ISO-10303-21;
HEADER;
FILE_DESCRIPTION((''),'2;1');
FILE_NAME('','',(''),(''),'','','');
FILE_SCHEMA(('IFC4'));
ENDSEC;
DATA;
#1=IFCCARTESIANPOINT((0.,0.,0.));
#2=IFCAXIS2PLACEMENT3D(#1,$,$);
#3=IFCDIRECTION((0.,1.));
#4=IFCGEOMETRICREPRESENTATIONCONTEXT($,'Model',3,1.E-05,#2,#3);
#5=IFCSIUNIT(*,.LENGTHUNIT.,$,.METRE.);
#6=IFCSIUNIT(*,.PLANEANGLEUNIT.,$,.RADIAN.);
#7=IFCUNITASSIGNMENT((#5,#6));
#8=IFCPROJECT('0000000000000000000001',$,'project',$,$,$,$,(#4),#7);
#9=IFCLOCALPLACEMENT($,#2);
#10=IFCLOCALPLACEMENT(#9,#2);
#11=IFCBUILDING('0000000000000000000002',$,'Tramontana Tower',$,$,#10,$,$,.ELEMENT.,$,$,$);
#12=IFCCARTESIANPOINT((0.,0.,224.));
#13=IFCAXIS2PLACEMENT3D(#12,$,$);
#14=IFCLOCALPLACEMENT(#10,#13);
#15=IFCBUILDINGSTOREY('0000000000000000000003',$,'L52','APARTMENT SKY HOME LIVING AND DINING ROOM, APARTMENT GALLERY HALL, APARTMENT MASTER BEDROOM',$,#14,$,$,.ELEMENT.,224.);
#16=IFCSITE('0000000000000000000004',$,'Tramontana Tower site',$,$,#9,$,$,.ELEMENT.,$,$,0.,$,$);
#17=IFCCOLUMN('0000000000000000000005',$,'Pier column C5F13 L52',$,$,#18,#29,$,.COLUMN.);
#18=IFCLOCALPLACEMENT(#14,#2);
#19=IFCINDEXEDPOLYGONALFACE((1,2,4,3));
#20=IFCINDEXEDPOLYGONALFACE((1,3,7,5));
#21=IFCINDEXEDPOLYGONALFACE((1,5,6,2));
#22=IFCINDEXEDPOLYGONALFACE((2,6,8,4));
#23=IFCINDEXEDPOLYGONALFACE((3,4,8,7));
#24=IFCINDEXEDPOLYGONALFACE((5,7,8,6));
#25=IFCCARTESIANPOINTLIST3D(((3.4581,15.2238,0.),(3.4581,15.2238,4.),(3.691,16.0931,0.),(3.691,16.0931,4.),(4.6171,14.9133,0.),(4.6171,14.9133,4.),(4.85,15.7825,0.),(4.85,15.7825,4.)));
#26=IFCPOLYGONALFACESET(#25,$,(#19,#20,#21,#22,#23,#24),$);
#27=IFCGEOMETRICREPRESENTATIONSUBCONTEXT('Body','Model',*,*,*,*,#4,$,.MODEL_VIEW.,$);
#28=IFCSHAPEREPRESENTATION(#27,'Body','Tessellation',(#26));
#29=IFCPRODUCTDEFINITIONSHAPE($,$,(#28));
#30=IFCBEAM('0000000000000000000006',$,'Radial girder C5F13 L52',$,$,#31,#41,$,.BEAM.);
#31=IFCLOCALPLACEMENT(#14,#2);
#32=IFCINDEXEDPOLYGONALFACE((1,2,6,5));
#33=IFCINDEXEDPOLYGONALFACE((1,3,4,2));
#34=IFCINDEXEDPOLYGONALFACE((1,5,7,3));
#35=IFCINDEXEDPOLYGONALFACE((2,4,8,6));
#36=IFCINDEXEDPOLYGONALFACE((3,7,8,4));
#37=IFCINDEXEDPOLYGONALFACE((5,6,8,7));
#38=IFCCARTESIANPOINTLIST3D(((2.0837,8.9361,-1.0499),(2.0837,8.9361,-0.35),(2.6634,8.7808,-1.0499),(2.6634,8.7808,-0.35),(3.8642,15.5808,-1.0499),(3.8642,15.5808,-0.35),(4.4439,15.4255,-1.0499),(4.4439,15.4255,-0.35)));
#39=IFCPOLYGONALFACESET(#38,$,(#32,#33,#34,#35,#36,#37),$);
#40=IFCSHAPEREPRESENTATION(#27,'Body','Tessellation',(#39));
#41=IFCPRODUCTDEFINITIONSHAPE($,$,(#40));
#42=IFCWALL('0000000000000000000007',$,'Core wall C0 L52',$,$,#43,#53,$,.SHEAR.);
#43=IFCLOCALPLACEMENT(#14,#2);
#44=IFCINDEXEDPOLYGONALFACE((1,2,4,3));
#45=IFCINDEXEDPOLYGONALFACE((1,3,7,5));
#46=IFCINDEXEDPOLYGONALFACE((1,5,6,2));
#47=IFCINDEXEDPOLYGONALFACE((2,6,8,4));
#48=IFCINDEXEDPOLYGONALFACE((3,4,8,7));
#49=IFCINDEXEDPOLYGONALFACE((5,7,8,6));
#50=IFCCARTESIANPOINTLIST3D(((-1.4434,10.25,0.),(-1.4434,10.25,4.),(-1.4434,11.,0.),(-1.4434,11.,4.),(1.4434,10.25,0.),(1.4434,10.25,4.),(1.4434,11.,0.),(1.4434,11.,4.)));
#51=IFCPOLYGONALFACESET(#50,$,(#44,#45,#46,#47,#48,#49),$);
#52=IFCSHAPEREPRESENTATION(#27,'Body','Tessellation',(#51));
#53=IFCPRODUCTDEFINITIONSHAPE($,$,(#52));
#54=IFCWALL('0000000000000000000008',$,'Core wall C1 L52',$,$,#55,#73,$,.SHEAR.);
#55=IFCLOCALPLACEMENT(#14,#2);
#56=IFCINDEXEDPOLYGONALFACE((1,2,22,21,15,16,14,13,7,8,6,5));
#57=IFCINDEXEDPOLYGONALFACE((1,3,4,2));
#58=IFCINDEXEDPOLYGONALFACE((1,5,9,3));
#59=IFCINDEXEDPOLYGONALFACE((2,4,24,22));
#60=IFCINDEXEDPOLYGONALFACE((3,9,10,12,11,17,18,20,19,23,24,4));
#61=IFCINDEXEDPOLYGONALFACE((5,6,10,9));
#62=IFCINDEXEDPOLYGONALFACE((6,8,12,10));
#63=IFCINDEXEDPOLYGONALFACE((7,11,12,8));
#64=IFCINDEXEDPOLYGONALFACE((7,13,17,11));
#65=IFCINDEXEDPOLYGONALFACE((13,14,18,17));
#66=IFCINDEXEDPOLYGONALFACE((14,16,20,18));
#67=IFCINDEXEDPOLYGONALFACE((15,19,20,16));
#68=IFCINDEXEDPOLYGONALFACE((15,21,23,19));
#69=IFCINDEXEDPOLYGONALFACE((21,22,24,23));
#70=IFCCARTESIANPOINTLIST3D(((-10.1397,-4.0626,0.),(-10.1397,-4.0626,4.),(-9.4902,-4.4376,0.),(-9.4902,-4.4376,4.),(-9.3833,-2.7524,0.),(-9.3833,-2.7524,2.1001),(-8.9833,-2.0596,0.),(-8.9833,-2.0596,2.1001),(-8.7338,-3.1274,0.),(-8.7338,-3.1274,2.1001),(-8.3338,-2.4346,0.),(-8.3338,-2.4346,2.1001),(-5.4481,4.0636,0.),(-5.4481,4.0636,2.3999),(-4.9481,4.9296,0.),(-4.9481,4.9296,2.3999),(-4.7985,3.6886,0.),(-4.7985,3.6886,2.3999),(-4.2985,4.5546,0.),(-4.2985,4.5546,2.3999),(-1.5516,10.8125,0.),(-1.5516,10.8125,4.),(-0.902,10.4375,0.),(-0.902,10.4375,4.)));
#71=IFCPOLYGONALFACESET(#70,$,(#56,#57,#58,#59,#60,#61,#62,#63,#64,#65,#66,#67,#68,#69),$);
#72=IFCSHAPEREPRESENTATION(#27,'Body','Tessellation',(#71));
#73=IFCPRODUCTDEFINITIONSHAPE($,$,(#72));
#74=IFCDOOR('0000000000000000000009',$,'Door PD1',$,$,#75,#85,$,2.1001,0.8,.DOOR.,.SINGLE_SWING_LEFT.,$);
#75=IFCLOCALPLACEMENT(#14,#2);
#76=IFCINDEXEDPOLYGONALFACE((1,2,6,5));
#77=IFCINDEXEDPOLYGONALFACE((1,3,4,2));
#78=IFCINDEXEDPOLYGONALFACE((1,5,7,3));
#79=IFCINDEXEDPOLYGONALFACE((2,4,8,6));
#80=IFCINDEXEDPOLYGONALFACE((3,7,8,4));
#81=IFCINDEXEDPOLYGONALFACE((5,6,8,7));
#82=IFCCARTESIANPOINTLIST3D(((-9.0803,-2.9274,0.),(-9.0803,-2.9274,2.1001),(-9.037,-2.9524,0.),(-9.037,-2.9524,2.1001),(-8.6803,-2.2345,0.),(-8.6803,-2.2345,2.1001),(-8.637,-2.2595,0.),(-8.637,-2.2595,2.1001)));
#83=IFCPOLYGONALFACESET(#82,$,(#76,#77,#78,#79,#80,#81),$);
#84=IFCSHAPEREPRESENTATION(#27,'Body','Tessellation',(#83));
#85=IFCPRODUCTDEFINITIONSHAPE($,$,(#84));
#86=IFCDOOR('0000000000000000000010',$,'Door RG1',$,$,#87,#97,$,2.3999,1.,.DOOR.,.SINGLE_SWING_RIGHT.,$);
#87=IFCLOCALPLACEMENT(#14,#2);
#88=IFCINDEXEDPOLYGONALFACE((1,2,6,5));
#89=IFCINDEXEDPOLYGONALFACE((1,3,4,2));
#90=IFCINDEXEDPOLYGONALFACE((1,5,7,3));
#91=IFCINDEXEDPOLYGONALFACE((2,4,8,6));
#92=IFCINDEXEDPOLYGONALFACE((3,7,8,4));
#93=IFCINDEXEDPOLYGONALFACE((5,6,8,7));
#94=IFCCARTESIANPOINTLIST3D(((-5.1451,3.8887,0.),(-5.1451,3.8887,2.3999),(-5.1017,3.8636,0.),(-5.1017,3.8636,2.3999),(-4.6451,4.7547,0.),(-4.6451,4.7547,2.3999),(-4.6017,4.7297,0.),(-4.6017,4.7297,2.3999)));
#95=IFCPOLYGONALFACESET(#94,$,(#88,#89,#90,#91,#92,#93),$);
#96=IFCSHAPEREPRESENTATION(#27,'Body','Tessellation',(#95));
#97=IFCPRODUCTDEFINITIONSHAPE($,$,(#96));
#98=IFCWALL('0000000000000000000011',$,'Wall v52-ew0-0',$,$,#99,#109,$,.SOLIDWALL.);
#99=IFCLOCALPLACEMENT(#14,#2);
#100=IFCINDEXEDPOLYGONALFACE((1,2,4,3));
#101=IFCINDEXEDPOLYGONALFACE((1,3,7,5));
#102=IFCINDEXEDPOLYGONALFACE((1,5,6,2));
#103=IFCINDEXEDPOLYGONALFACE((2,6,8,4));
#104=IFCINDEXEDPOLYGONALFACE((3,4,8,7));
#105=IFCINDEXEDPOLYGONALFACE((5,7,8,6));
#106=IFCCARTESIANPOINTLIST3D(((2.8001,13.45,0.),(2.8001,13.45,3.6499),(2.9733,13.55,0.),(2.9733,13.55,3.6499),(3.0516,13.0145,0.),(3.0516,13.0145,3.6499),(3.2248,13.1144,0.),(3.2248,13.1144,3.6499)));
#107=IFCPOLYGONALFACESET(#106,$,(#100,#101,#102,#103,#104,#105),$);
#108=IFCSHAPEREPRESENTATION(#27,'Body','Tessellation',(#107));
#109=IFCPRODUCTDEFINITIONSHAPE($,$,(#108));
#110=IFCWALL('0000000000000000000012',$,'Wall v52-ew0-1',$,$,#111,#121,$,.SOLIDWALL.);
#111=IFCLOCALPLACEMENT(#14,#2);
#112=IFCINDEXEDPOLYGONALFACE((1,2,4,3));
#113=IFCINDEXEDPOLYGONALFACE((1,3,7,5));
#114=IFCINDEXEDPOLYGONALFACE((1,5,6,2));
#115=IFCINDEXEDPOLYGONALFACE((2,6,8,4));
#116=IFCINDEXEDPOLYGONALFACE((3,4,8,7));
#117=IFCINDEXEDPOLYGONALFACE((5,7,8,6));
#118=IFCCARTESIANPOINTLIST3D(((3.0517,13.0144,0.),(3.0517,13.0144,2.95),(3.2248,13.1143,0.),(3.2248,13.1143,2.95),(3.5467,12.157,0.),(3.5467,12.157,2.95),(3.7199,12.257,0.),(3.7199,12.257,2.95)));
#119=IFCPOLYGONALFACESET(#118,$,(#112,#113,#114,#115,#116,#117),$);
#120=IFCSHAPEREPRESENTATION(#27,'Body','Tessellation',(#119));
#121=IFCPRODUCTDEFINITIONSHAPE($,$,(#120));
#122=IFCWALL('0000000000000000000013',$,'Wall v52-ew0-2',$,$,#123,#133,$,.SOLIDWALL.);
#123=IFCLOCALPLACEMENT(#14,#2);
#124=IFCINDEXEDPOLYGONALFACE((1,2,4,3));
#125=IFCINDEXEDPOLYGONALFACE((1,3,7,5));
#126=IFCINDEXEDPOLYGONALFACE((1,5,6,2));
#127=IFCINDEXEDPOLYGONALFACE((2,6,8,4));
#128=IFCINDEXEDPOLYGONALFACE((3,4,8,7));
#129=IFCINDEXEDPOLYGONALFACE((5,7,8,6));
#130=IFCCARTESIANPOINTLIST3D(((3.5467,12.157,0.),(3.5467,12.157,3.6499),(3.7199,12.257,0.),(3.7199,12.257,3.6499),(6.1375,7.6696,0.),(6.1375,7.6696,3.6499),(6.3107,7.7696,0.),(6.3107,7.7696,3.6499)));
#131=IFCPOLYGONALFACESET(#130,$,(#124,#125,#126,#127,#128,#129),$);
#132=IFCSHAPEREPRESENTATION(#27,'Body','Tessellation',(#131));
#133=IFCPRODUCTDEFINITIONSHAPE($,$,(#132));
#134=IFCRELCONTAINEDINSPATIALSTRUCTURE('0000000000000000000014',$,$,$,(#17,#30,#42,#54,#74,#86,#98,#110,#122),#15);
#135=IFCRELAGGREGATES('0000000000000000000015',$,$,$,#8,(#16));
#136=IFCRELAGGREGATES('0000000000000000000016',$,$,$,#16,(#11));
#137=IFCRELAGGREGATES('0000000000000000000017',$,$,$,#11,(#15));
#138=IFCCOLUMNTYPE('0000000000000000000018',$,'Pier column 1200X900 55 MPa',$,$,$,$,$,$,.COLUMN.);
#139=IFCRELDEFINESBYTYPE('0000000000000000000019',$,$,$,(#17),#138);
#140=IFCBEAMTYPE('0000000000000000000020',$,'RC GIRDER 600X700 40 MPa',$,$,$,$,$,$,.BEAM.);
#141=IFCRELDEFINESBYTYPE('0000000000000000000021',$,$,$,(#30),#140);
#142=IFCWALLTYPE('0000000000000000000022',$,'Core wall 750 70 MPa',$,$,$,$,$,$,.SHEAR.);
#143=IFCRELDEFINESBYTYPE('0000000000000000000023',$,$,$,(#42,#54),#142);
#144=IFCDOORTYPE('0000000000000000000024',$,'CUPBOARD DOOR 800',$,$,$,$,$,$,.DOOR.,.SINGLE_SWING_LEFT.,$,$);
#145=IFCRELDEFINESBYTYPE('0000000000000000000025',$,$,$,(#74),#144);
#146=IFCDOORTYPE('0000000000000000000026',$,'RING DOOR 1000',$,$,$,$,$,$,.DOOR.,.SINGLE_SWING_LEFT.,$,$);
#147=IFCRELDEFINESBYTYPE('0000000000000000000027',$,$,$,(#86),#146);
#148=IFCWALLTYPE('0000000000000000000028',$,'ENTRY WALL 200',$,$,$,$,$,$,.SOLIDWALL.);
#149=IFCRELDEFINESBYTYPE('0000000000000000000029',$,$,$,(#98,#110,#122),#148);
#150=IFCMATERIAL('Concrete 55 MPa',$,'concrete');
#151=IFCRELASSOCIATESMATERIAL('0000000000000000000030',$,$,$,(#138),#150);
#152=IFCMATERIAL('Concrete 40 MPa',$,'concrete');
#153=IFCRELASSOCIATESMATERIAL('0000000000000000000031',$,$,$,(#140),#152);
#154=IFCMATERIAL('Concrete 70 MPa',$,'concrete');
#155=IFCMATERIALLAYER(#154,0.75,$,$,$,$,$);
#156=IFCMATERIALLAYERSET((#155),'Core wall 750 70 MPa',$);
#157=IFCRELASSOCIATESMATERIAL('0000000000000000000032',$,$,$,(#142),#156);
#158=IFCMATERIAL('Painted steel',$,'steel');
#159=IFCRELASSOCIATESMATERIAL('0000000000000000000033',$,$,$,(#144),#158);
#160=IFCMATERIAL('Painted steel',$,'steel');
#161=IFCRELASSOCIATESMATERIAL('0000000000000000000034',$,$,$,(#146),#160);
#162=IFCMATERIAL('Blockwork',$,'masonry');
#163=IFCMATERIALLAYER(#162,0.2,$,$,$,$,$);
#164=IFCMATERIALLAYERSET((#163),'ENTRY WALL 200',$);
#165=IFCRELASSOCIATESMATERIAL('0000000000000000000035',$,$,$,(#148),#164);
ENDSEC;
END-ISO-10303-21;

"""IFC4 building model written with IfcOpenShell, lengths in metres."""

from ifc_helpers import new_model, si_unit, direction, frame, frame_2d, origin, origin_2d, place, context, subcontext, project, spatial, rectangle, extrude, material, layer, layer_set, material_profile, profile_set, type_object, element, fill, save


model = new_model("IFC4")

# Units and contexts
model_context = context("Model", 3, precision=1e-05, world=origin(), true_north=direction((0.0, 1.0)))
body_context = subcontext(model_context, "Body", "Model", "MODEL_VIEW")
ifc_project = project(units=[si_unit("LENGTHUNIT", "METRE"), si_unit("PLANEANGLEUNIT", "RADIAN")], contexts=[model_context])

# Site, building, storey
site_placement = place(None, origin())
site = spatial("IfcSite", under=ifc_project, at=site_placement, Name="Tramontana Tower site", CompositionType="ELEMENT", RefElevation=0.0)
building_placement = place(site_placement, origin())
building = spatial("IfcBuilding", under=site, at=building_placement, Name="Tramontana Tower", CompositionType="ELEMENT")
storey_placement = place(building_placement, frame((0.0, 0.0, 224.0)))
storey = spatial("IfcBuildingStorey", under=building, at=storey_placement, Name="L52", Description="APARTMENT SKY HOME LIVING AND DINING ROOM, APARTMENT GALLERY HALL, APARTMENT MASTER BEDROOM", CompositionType="ELEMENT", Elevation=224.0)

# Column
ifc_material_1 = material(Name="Concrete 55 MPa", Category="concrete")
ifc_material_profile_1 = material_profile(ifc_material_1, rectangle(XDim=1.2, YDim=0.8999, at=origin_2d()), Name="Pier column 1200X900 55 MPa")
ifc_profile_set_1 = profile_set([ifc_material_profile_1], Name="Concrete 55 MPa")
column_type = type_object("IfcColumnType", Name="Pier column 1200X900 55 MPa", PredefinedType="COLUMN", material=ifc_profile_set_1)
column_placement = place(storey_placement, frame((4.1541, 15.5032, 0.0), z_axis=(0.0, 0.0, 1.0), x_axis=(-0.965926, 0.258819, 0.0)))
element("IfcColumn", 1, at=column_placement, inside=storey, type_object=column_type, Name="Pier column C5F13 L52", PredefinedType="COLUMN", context=body_context, shape_type="SweptSolid", body=[
    extrude(rectangle(XDim=1.2, YDim=0.8999, at=origin_2d()), origin(), (0.0, 0.0, 1.0), 4.0),
])

# Beam
ifc_material_2 = material(Name="Concrete 40 MPa", Category="concrete")
ifc_material_profile_2 = material_profile(ifc_material_2, rectangle(XDim=0.6001, YDim=0.7, at=origin_2d()), Name="RC GIRDER 600X700 40 MPa")
ifc_profile_set_2 = profile_set([ifc_material_profile_2], Name="Concrete 40 MPa")
beam_type = type_object("IfcBeamType", Name="RC GIRDER 600X700 40 MPa", PredefinedType="BEAM", material=ifc_profile_set_2)
beam_placement = place(storey_placement, frame((4.1541, 15.5032, -0.7), z_axis=(-0.258827, -0.965924, 0.0), x_axis=(0.965924, -0.258827, 0.0)))
element("IfcBeam", 2, at=beam_placement, inside=storey, type_object=beam_type, Name="Radial girder C5F13 L52", PredefinedType="BEAM", context=body_context, shape_type="SweptSolid", body=[
    extrude(rectangle(XDim=0.6001, YDim=0.7, at=origin_2d()), origin(), (0.0, 0.0, 1.0), 6.8792),
])

# Wall
ifc_material_3 = material(Name="Concrete 70 MPa", Category="concrete")
ifc_layer_1 = layer(ifc_material_3, 0.75)
ifc_layer_set_1 = layer_set([ifc_layer_1], Name="Core wall 750 70 MPa")
wall_type_1 = type_object("IfcWallType", Name="Core wall 750 70 MPa", PredefinedType="SHEAR", material=ifc_layer_set_1)
wall_1_placement = place(storey_placement, frame((1.4434, 10.625, 0.0), z_axis=(0.0, 0.0, 1.0), x_axis=(-1.0, 0.0, 0.0)))
element("IfcWall", 3, at=wall_1_placement, inside=storey, type_object=wall_type_1, Name="Core wall C0 L52", PredefinedType="SHEAR", context=body_context, shape_type="SweptSolid", body=[
    extrude(rectangle(XDim=2.8867, YDim=0.75, at=frame_2d((1.4434, 0.0))), origin(), (0.0, 0.0, 1.0), 4.0),
])

# Wall, openings, doors
wall_2_placement = place(storey_placement, frame((-1.2268, 10.625, 0.0), z_axis=(0.0, 0.0, 1.0), x_axis=(-0.500002, -0.866024, 0.0)))
wall_2 = element("IfcWall", 4, at=wall_2_placement, inside=storey, type_object=wall_type_1, Name="Core wall C1 L52", PredefinedType="SHEAR", context=body_context, shape_type="SweptSolid", body=[
    extrude(rectangle(XDim=17.1763, YDim=0.75, at=frame_2d((8.5881, 0.0))), origin(), (0.0, 0.0, 1.0), 4.0),
])
opening_1_placement = place(wall_2_placement, frame((6.793, 0.0, 0.0)))
opening_1 = element("IfcOpeningElement", 5, at=opening_1_placement, cuts=wall_2, PredefinedType="OPENING", context=body_context, shape_type="SweptSolid", body=[
    extrude(rectangle(XDim=1.0, YDim=2.3999, at=frame_2d((0.5, 1.2))), frame((0.0, 0.385, 0.0), z_axis=(0.0, -1.0, 0.0), x_axis=(1.0, 0.0, 0.0)), (0.0, 0.0, 1.0), 0.77),
])
opening_2_placement = place(wall_2_placement, frame((14.8635, 0.0, 0.0)))
opening_2 = element("IfcOpeningElement", 6, at=opening_2_placement, cuts=wall_2, PredefinedType="OPENING", context=body_context, shape_type="SweptSolid", body=[
    extrude(rectangle(XDim=0.8, YDim=2.1001, at=frame_2d((0.3999, 1.05))), frame((0.0, 0.385, 0.0), z_axis=(0.0, -1.0, 0.0), x_axis=(1.0, 0.0, 0.0)), (0.0, 0.0, 1.0), 0.77),
])
ifc_material_4 = material(Name="Painted steel", Category="steel")
door_type_1 = type_object("IfcDoorType", Name="CUPBOARD DOOR 800", OperationType="SINGLE_SWING_LEFT", PredefinedType="DOOR", material=ifc_material_4)
door_1_placement = place(opening_2_placement, origin())
door_1 = element("IfcDoor", 7, at=door_1_placement, inside=storey, type_object=door_type_1, Name="Door PD1", OperationType="SINGLE_SWING_LEFT", OverallHeight=2.1001, OverallWidth=0.8, PredefinedType="DOOR", context=body_context, shape_type="SweptSolid", body=[
    extrude(rectangle(XDim=0.8, YDim=2.1001, at=frame_2d((0.3999, 1.05))), frame((0.0, 0.0249, 0.0), z_axis=(0.0, -1.0, 0.0), x_axis=(1.0, 0.0, 0.0)), (0.0, 0.0, 1.0), 0.05),
])
fill(opening_2, door_1)
ifc_material_5 = material(Name="Painted steel", Category="steel")
door_type_2 = type_object("IfcDoorType", Name="RING DOOR 1000", OperationType="SINGLE_SWING_LEFT", PredefinedType="DOOR", material=ifc_material_5)
door_2_placement = place(opening_1_placement, origin())
door_2 = element("IfcDoor", 8, at=door_2_placement, inside=storey, type_object=door_type_2, Name="Door RG1", OperationType="SINGLE_SWING_RIGHT", OverallHeight=2.3999, OverallWidth=1.0, PredefinedType="DOOR", context=body_context, shape_type="SweptSolid", body=[
    extrude(rectangle(XDim=1.0, YDim=2.3999, at=frame_2d((0.5, 1.2))), frame((0.0, 0.0249, 0.0), z_axis=(0.0, -1.0, 0.0), x_axis=(1.0, 0.0, 0.0)), (0.0, 0.0, 1.0), 0.05),
])
fill(opening_1, door_2)

# Walls
ifc_material_6 = material(Name="Blockwork", Category="masonry")
ifc_layer_2 = layer(ifc_material_6, 0.2)
ifc_layer_set_2 = layer_set([ifc_layer_2], Name="ENTRY WALL 200")
wall_type_2 = type_object("IfcWallType", Name="ENTRY WALL 200", PredefinedType="SOLIDWALL", material=ifc_layer_set_2)
wall_3_placement = place(storey_placement, frame((2.8867, 13.5, 0.0), z_axis=(0.0, 0.0, 1.0), x_axis=(0.500003, -0.866024, 0.0)))
element("IfcWall", 9, at=wall_3_placement, inside=storey, type_object=wall_type_2, Name="Wall v52-ew0-0", PredefinedType="SOLIDWALL", context=body_context, shape_type="SweptSolid", body=[
    extrude(rectangle(XDim=0.5029, YDim=0.2, at=frame_2d((0.2515, 0.0))), origin(), (0.0, 0.0, 1.0), 3.6499),
])
wall_4_placement = place(storey_placement, frame((3.1382, 13.0645, 0.0), z_axis=(0.0, 0.0, 1.0), x_axis=(0.500064, -0.865988, 0.0)))
element("IfcWall", 10, at=wall_4_placement, inside=storey, type_object=wall_type_2, Name="Wall v52-ew0-1", PredefinedType="SOLIDWALL", context=body_context, shape_type="SweptSolid", body=[
    extrude(rectangle(XDim=0.99, YDim=0.2, at=frame_2d((0.4951, 0.0))), origin(), (0.0, 0.0, 1.0), 2.95),
])
wall_5_placement = place(storey_placement, frame((3.6333, 12.207, 0.0), z_axis=(0.0, 0.0, 1.0), x_axis=(0.49999, -0.866031, 0.0)))
element("IfcWall", 11, at=wall_5_placement, inside=storey, type_object=wall_type_2, Name="Wall v52-ew0-2", PredefinedType="SOLIDWALL", context=body_context, shape_type="SweptSolid", body=[
    extrude(rectangle(XDim=5.1816, YDim=0.2, at=frame_2d((2.5908, 0.0))), origin(), (0.0, 0.0, 1.0), 3.6499),
])

save(model, "model.ifc")
